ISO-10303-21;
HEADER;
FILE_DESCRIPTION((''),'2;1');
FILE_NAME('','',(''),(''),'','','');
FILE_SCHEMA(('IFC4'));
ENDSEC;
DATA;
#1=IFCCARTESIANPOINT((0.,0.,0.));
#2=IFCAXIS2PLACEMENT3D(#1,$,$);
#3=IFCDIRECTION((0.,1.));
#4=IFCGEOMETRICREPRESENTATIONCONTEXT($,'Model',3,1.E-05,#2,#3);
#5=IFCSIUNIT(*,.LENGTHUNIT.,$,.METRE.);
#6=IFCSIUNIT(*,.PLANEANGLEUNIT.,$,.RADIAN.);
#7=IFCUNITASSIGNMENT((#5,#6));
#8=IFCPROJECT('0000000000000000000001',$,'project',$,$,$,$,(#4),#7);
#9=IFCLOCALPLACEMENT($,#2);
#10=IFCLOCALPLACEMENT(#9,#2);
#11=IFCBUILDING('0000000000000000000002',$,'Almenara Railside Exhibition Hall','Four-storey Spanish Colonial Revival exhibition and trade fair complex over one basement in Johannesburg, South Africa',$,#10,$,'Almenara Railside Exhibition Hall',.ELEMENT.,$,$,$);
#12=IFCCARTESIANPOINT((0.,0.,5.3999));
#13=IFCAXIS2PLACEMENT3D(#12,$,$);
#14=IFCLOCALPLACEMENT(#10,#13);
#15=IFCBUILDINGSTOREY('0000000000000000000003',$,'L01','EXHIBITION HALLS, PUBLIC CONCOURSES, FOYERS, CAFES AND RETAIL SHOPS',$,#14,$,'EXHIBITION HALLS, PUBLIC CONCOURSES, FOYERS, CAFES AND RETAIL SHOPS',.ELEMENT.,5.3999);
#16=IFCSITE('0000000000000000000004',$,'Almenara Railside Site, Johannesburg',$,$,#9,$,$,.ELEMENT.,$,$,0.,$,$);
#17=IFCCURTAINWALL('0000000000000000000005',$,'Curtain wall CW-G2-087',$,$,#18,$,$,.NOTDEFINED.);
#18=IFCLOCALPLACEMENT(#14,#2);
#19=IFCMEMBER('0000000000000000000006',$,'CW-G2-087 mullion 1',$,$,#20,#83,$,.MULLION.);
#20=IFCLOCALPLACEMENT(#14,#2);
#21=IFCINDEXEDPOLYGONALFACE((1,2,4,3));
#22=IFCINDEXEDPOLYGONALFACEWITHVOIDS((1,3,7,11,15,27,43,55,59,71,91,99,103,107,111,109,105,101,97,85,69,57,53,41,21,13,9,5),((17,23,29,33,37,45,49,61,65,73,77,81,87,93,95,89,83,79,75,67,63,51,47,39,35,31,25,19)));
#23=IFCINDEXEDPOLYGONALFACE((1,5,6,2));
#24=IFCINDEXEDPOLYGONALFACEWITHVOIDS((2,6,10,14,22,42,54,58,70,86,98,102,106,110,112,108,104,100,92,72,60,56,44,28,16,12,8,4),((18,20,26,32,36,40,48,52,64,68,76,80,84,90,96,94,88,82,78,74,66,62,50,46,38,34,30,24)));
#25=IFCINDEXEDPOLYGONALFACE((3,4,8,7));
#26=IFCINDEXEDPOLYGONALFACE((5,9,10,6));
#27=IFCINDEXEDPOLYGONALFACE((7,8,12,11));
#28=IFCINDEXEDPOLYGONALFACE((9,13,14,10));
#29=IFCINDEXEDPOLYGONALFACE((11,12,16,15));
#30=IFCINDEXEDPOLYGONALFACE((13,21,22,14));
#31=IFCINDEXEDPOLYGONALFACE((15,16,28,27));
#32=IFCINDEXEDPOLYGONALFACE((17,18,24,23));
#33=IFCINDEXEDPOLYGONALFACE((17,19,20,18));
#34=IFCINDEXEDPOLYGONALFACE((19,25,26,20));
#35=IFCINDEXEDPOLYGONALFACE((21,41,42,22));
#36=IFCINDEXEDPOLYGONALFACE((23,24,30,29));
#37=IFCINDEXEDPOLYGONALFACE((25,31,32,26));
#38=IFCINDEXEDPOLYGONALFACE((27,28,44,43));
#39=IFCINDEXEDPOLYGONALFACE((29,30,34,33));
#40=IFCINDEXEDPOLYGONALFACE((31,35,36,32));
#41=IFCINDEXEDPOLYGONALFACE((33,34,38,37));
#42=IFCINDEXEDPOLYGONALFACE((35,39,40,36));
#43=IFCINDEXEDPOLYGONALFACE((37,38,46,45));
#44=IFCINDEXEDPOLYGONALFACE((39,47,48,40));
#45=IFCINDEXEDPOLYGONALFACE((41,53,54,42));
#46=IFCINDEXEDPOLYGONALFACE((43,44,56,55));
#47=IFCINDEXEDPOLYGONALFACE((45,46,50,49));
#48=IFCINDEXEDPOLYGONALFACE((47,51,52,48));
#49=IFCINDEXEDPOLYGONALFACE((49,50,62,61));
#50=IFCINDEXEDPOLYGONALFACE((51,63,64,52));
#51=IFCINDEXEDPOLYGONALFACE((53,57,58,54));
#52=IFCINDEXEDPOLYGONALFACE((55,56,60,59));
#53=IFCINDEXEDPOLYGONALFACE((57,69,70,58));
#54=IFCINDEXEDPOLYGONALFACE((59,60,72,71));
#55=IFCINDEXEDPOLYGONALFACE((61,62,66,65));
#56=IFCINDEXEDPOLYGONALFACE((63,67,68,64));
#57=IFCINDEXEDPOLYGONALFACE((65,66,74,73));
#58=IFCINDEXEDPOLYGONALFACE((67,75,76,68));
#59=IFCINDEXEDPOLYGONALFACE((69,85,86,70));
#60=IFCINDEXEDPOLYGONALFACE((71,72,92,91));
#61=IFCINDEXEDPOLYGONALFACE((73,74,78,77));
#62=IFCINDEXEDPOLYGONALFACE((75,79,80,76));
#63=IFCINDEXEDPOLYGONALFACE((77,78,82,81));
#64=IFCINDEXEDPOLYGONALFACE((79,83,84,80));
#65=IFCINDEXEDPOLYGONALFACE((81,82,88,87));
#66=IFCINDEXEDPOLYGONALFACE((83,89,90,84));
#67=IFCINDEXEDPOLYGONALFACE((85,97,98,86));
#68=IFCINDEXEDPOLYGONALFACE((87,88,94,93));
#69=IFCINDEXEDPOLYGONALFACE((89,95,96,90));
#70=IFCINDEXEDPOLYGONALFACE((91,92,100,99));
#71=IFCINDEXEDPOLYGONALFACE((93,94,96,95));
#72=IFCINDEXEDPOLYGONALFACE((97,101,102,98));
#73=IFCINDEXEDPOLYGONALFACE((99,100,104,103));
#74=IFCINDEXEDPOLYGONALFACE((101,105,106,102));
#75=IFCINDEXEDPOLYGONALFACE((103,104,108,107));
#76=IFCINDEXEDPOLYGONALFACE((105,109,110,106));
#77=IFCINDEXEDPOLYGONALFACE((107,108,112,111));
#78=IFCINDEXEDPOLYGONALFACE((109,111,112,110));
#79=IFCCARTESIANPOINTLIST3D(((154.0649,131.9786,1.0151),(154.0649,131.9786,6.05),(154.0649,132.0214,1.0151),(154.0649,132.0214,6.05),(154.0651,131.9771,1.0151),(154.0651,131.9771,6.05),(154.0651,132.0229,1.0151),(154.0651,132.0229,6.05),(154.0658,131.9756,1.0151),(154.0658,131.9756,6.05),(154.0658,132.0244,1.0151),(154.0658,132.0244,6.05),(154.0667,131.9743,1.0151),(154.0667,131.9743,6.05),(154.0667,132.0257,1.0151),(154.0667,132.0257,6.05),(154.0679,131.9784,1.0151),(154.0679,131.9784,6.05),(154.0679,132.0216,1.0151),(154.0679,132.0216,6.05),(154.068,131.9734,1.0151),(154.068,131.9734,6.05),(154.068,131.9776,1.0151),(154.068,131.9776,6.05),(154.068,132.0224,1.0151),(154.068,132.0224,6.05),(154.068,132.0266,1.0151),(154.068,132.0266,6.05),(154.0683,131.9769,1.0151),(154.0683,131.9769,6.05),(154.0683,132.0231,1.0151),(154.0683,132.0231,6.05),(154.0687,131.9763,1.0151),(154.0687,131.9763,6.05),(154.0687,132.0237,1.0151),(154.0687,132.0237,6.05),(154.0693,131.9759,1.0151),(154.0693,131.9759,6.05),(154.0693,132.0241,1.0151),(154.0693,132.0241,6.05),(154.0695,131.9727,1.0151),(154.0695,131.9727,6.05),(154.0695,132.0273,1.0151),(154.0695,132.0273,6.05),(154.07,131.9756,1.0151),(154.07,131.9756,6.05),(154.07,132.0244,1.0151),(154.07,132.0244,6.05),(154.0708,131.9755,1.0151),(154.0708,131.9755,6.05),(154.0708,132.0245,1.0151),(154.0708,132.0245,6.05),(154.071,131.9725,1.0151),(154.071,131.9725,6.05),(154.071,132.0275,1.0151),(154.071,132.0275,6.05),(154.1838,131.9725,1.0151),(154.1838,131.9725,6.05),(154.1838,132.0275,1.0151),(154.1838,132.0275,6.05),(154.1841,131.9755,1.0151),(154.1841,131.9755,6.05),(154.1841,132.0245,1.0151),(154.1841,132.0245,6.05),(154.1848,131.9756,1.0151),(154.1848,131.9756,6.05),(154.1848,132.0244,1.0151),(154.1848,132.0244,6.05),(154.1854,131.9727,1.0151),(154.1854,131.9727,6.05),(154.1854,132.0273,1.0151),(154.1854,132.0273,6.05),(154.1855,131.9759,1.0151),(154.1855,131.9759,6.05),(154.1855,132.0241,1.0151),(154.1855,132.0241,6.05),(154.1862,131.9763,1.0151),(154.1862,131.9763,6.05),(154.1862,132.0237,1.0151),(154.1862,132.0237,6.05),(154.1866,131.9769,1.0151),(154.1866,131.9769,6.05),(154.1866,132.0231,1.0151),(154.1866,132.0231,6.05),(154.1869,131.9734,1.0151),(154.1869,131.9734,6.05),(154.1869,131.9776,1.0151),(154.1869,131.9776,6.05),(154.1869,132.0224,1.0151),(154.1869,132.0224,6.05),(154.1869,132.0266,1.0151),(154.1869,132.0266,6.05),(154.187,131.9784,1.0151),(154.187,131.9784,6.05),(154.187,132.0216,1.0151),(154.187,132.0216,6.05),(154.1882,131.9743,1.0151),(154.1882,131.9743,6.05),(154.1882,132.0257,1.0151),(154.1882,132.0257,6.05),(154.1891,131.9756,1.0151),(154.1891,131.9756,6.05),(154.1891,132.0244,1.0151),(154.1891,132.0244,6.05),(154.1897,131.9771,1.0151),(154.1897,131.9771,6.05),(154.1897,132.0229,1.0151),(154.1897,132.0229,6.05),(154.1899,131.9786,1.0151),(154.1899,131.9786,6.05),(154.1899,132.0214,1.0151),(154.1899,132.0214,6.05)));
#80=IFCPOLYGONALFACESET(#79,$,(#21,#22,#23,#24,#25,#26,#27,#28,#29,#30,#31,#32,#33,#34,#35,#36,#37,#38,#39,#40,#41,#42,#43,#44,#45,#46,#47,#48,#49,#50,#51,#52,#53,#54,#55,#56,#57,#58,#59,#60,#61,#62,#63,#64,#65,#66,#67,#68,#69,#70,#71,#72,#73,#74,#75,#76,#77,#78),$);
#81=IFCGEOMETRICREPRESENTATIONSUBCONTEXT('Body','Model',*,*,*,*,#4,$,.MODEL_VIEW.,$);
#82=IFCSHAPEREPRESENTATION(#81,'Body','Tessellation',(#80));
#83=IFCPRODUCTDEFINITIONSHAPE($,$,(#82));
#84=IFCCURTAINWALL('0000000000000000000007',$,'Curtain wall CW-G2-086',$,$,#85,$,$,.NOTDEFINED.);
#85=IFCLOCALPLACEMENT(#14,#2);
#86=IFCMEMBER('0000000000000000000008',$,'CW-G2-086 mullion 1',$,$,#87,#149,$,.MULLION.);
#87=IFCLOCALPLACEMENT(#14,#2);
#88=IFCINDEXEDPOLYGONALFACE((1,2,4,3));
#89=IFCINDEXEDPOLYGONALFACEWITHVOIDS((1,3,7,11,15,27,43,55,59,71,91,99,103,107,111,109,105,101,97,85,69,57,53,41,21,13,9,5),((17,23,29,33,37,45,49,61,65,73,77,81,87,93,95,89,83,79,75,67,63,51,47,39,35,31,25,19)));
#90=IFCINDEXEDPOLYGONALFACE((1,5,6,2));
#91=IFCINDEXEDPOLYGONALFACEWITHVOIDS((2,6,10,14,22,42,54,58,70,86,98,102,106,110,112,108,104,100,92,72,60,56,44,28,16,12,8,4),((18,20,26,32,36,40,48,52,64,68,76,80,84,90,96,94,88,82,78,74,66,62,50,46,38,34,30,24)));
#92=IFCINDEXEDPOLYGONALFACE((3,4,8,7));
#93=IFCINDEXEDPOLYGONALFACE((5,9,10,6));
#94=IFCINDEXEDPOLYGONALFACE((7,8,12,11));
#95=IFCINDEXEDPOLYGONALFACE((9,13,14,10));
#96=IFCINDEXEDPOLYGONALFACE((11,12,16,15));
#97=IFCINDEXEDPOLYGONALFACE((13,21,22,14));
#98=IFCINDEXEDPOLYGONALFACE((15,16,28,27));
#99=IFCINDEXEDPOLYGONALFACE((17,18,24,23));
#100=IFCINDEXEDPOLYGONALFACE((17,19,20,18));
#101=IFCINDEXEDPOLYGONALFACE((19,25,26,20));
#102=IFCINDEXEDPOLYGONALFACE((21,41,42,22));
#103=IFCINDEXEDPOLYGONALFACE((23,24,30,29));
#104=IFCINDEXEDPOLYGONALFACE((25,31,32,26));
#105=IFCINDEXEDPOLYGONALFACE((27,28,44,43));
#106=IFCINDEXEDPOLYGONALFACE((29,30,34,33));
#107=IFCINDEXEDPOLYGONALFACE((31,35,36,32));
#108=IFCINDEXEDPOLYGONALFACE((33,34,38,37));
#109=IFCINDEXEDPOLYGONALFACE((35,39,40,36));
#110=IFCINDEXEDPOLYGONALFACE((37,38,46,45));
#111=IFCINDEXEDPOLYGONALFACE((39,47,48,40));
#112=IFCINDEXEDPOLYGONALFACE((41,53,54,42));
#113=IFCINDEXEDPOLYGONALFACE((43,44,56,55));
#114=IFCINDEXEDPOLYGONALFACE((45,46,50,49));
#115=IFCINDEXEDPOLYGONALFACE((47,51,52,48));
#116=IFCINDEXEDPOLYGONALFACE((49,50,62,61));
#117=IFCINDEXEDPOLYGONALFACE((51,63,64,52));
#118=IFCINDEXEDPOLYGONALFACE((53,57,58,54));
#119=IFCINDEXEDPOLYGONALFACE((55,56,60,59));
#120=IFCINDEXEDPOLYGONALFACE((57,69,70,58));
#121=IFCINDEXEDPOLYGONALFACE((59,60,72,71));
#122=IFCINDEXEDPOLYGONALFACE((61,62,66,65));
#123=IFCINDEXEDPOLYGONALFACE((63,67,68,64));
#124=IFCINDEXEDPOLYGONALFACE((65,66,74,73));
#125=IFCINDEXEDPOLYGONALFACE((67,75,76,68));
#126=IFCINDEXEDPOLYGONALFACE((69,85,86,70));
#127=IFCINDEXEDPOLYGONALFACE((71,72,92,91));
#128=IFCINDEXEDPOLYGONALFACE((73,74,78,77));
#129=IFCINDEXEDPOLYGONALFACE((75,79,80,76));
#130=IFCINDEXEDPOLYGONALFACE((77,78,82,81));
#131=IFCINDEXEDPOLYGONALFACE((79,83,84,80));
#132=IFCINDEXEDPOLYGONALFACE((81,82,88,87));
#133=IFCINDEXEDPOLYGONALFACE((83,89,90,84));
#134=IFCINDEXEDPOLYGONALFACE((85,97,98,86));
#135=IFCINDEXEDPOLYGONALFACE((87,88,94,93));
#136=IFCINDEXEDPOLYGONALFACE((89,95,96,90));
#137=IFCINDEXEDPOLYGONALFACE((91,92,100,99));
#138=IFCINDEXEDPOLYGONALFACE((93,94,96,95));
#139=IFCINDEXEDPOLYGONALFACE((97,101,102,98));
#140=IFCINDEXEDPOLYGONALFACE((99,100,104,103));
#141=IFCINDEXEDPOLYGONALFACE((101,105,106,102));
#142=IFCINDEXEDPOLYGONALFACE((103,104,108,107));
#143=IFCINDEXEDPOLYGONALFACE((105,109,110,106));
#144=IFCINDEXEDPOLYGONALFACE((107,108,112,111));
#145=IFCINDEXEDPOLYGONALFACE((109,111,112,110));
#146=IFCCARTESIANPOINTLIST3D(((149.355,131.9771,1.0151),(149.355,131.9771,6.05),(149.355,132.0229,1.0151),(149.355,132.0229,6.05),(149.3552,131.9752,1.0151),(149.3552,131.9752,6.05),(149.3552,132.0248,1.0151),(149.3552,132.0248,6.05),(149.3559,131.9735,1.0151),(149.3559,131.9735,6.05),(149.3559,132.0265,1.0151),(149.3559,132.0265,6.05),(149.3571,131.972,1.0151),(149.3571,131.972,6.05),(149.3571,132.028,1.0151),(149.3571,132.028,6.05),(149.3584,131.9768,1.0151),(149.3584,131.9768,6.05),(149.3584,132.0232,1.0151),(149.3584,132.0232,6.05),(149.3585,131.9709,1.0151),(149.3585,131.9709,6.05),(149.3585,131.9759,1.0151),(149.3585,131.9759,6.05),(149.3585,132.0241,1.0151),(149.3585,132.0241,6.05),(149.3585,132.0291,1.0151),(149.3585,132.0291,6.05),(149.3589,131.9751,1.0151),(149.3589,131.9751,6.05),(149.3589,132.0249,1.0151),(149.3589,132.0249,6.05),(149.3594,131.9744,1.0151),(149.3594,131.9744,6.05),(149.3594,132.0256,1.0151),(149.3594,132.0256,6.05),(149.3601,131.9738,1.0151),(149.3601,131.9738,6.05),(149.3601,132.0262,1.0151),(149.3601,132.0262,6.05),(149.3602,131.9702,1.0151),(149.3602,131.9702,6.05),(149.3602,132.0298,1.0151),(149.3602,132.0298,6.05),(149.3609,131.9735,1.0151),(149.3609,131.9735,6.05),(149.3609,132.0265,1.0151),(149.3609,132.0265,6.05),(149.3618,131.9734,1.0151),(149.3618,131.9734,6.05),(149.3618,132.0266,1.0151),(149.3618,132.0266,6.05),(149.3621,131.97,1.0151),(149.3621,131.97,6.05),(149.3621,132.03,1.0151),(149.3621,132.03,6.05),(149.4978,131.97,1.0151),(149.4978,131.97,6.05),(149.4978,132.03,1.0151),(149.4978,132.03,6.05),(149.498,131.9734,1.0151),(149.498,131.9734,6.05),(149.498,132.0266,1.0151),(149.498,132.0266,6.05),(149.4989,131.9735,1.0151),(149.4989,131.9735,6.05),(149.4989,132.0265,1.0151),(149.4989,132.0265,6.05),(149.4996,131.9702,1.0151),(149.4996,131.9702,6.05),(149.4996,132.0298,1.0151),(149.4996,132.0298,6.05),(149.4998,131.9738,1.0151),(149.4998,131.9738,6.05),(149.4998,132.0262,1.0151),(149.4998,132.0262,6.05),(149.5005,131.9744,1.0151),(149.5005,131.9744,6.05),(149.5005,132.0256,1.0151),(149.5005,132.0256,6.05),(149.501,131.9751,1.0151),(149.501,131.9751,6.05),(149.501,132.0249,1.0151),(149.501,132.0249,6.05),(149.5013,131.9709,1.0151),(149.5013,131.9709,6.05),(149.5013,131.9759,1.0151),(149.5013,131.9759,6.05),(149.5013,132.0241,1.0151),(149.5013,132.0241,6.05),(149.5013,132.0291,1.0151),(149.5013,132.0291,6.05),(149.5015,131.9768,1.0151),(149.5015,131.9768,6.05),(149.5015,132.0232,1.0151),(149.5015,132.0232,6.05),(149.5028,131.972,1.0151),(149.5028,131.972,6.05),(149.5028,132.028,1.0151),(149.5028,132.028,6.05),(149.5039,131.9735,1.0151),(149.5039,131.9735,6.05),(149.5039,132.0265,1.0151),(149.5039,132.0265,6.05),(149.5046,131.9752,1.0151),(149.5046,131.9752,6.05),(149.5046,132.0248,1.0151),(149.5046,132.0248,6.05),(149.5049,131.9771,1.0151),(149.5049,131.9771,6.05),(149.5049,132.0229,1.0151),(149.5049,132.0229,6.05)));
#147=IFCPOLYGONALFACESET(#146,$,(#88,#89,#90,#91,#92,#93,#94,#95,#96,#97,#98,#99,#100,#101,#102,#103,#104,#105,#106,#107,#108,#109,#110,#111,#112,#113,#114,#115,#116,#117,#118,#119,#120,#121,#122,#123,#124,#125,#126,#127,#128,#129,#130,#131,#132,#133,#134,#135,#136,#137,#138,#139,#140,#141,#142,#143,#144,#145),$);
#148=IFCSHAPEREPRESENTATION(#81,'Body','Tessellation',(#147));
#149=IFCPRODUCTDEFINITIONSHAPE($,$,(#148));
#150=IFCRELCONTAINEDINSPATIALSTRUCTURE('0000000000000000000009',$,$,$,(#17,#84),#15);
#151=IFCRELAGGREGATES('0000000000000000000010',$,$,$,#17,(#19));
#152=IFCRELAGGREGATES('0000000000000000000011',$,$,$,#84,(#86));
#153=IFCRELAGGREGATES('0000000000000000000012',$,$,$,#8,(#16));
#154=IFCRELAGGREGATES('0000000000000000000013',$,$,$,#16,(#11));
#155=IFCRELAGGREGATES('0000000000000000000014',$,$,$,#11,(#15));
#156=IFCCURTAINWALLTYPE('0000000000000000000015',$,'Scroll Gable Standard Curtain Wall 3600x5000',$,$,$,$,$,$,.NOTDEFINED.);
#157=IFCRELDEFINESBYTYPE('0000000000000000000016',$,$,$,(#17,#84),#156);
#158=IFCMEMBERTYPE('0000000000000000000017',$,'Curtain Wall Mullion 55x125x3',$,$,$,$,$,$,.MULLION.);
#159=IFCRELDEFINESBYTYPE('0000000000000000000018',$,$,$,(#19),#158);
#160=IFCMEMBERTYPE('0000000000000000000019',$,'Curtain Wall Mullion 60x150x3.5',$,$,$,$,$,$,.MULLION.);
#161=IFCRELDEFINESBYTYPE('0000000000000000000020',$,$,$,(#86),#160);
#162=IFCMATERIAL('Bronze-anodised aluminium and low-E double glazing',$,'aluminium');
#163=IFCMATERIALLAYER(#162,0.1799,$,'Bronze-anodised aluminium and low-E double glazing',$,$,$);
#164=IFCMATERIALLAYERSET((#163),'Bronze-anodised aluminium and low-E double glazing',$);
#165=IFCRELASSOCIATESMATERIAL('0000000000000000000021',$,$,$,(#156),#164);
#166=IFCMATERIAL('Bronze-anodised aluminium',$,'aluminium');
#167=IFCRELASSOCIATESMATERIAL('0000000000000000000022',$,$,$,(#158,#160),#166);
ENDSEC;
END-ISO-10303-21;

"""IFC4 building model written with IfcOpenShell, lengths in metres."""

from ifc_helpers import new_model, si_unit, direction, frame, origin, origin_2d, place, context, subcontext, project, spatial, hollow_rectangle, extrude, material, layer, layer_set, material_profile, profile_set, type_object, element, aggregate, save


model = new_model("IFC4")

# Units and contexts
model_context = context("Model", 3, precision=1e-05, world=origin(), true_north=direction((0.0, 1.0)))
body_context = subcontext(model_context, "Body", "Model", "MODEL_VIEW")
ifc_project = project(units=[si_unit("LENGTHUNIT", "METRE"), si_unit("PLANEANGLEUNIT", "RADIAN")], contexts=[model_context])

# Site, building, storey
site_placement = place(None, origin())
site = spatial("IfcSite", under=ifc_project, at=site_placement, Name="Almenara Railside Site, Johannesburg", CompositionType="ELEMENT", RefElevation=0.0)
building_placement = place(site_placement, origin())
building = spatial("IfcBuilding", under=site, at=building_placement, Name="Almenara Railside Exhibition Hall", Description="Four-storey Spanish Colonial Revival exhibition and trade fair complex over one basement in Johannesburg, South Africa", LongName="Almenara Railside Exhibition Hall", CompositionType="ELEMENT")
storey_placement = place(building_placement, frame((0.0, 0.0, 5.3999)))
storey = spatial("IfcBuildingStorey", under=building, at=storey_placement, Name="L01", Description="EXHIBITION HALLS, PUBLIC CONCOURSES, FOYERS, CAFES AND RETAIL SHOPS", LongName="EXHIBITION HALLS, PUBLIC CONCOURSES, FOYERS, CAFES AND RETAIL SHOPS", CompositionType="ELEMENT", Elevation=5.3999)

# Curtain wall, member
ifc_material_1 = material(Name="Bronze-anodised aluminium and low-E double glazing", Category="aluminium")
ifc_layer_1 = layer(ifc_material_1, 0.1799, Name="Bronze-anodised aluminium and low-E double glazing")
ifc_layer_set_1 = layer_set([ifc_layer_1], Name="Bronze-anodised aluminium and low-E double glazing")
curtain_wall_type = type_object("IfcCurtainWallType", Name="Scroll Gable Standard Curtain Wall 3600x5000", PredefinedType="NOTDEFINED", material=ifc_layer_set_1)
curtain_wall_1_placement = place(storey_placement, origin())
curtain_wall_1 = element("IfcCurtainWall", 1, at=curtain_wall_1_placement, inside=storey, type_object=curtain_wall_type, Name="Curtain wall CW-G2-087", PredefinedType="NOTDEFINED")
ifc_material_2 = material(Name="Bronze-anodised aluminium", Category="aluminium")
ifc_material_profile_1 = material_profile(ifc_material_2, hollow_rectangle(XDim=0.0549, YDim=0.125, WallThickness=0.0029, InnerFilletRadius=0.0029, OuterFilletRadius=0.0061, at=origin_2d()), Name="ALU-MUL 55x125x3")
ifc_profile_set_1 = profile_set([ifc_material_profile_1], Name="Bronze-anodised aluminium")
member_type_1 = type_object("IfcMemberType", Name="Curtain Wall Mullion 55x125x3", PredefinedType="MULLION", material=ifc_profile_set_1)
member_1_placement = place(storey_placement, frame((154.1274, 132.0, 1.0151), z_axis=(0.0, 0.0, 1.0), x_axis=(0.0, 1.0, 0.0)))
member_1 = element("IfcMember", 2, at=member_1_placement, type_object=member_type_1, Name="CW-G2-087 mullion 1", PredefinedType="MULLION", context=body_context, shape_type="SweptSolid", body=[
    extrude(hollow_rectangle(XDim=0.0549, YDim=0.125, WallThickness=0.0029, InnerFilletRadius=0.0029, OuterFilletRadius=0.0061, at=origin_2d()), origin(), (0.0, 0.0, 1.0), 5.0349),
])

# Curtain wall, member
curtain_wall_2_placement = place(storey_placement, origin())
curtain_wall_2 = element("IfcCurtainWall", 3, at=curtain_wall_2_placement, inside=storey, type_object=curtain_wall_type, Name="Curtain wall CW-G2-086", PredefinedType="NOTDEFINED")
ifc_material_profile_2 = material_profile(ifc_material_2, hollow_rectangle(XDim=0.0601, YDim=0.1499, WallThickness=0.0034, InnerFilletRadius=0.0034, OuterFilletRadius=0.0071, at=origin_2d()), Name="ALU-MUL 60x150x3.5")
ifc_profile_set_2 = profile_set([ifc_material_profile_2], Name="Bronze-anodised aluminium")
member_type_2 = type_object("IfcMemberType", Name="Curtain Wall Mullion 60x150x3.5", PredefinedType="MULLION", material=ifc_profile_set_2)
member_2_placement = place(storey_placement, frame((149.4299, 132.0, 1.0151), z_axis=(0.0, 0.0, 1.0), x_axis=(0.0, 1.0, 0.0)))
member_2 = element("IfcMember", 4, at=member_2_placement, type_object=member_type_2, Name="CW-G2-086 mullion 1", PredefinedType="MULLION", context=body_context, shape_type="SweptSolid", body=[
    extrude(hollow_rectangle(XDim=0.0601, YDim=0.1499, WallThickness=0.0034, InnerFilletRadius=0.0034, OuterFilletRadius=0.0071, at=origin_2d()), origin(), (0.0, 0.0, 1.0), 5.0349),
])

aggregate(curtain_wall_1, [member_1])

aggregate(curtain_wall_2, [member_2])

save(model, "model.ifc")
